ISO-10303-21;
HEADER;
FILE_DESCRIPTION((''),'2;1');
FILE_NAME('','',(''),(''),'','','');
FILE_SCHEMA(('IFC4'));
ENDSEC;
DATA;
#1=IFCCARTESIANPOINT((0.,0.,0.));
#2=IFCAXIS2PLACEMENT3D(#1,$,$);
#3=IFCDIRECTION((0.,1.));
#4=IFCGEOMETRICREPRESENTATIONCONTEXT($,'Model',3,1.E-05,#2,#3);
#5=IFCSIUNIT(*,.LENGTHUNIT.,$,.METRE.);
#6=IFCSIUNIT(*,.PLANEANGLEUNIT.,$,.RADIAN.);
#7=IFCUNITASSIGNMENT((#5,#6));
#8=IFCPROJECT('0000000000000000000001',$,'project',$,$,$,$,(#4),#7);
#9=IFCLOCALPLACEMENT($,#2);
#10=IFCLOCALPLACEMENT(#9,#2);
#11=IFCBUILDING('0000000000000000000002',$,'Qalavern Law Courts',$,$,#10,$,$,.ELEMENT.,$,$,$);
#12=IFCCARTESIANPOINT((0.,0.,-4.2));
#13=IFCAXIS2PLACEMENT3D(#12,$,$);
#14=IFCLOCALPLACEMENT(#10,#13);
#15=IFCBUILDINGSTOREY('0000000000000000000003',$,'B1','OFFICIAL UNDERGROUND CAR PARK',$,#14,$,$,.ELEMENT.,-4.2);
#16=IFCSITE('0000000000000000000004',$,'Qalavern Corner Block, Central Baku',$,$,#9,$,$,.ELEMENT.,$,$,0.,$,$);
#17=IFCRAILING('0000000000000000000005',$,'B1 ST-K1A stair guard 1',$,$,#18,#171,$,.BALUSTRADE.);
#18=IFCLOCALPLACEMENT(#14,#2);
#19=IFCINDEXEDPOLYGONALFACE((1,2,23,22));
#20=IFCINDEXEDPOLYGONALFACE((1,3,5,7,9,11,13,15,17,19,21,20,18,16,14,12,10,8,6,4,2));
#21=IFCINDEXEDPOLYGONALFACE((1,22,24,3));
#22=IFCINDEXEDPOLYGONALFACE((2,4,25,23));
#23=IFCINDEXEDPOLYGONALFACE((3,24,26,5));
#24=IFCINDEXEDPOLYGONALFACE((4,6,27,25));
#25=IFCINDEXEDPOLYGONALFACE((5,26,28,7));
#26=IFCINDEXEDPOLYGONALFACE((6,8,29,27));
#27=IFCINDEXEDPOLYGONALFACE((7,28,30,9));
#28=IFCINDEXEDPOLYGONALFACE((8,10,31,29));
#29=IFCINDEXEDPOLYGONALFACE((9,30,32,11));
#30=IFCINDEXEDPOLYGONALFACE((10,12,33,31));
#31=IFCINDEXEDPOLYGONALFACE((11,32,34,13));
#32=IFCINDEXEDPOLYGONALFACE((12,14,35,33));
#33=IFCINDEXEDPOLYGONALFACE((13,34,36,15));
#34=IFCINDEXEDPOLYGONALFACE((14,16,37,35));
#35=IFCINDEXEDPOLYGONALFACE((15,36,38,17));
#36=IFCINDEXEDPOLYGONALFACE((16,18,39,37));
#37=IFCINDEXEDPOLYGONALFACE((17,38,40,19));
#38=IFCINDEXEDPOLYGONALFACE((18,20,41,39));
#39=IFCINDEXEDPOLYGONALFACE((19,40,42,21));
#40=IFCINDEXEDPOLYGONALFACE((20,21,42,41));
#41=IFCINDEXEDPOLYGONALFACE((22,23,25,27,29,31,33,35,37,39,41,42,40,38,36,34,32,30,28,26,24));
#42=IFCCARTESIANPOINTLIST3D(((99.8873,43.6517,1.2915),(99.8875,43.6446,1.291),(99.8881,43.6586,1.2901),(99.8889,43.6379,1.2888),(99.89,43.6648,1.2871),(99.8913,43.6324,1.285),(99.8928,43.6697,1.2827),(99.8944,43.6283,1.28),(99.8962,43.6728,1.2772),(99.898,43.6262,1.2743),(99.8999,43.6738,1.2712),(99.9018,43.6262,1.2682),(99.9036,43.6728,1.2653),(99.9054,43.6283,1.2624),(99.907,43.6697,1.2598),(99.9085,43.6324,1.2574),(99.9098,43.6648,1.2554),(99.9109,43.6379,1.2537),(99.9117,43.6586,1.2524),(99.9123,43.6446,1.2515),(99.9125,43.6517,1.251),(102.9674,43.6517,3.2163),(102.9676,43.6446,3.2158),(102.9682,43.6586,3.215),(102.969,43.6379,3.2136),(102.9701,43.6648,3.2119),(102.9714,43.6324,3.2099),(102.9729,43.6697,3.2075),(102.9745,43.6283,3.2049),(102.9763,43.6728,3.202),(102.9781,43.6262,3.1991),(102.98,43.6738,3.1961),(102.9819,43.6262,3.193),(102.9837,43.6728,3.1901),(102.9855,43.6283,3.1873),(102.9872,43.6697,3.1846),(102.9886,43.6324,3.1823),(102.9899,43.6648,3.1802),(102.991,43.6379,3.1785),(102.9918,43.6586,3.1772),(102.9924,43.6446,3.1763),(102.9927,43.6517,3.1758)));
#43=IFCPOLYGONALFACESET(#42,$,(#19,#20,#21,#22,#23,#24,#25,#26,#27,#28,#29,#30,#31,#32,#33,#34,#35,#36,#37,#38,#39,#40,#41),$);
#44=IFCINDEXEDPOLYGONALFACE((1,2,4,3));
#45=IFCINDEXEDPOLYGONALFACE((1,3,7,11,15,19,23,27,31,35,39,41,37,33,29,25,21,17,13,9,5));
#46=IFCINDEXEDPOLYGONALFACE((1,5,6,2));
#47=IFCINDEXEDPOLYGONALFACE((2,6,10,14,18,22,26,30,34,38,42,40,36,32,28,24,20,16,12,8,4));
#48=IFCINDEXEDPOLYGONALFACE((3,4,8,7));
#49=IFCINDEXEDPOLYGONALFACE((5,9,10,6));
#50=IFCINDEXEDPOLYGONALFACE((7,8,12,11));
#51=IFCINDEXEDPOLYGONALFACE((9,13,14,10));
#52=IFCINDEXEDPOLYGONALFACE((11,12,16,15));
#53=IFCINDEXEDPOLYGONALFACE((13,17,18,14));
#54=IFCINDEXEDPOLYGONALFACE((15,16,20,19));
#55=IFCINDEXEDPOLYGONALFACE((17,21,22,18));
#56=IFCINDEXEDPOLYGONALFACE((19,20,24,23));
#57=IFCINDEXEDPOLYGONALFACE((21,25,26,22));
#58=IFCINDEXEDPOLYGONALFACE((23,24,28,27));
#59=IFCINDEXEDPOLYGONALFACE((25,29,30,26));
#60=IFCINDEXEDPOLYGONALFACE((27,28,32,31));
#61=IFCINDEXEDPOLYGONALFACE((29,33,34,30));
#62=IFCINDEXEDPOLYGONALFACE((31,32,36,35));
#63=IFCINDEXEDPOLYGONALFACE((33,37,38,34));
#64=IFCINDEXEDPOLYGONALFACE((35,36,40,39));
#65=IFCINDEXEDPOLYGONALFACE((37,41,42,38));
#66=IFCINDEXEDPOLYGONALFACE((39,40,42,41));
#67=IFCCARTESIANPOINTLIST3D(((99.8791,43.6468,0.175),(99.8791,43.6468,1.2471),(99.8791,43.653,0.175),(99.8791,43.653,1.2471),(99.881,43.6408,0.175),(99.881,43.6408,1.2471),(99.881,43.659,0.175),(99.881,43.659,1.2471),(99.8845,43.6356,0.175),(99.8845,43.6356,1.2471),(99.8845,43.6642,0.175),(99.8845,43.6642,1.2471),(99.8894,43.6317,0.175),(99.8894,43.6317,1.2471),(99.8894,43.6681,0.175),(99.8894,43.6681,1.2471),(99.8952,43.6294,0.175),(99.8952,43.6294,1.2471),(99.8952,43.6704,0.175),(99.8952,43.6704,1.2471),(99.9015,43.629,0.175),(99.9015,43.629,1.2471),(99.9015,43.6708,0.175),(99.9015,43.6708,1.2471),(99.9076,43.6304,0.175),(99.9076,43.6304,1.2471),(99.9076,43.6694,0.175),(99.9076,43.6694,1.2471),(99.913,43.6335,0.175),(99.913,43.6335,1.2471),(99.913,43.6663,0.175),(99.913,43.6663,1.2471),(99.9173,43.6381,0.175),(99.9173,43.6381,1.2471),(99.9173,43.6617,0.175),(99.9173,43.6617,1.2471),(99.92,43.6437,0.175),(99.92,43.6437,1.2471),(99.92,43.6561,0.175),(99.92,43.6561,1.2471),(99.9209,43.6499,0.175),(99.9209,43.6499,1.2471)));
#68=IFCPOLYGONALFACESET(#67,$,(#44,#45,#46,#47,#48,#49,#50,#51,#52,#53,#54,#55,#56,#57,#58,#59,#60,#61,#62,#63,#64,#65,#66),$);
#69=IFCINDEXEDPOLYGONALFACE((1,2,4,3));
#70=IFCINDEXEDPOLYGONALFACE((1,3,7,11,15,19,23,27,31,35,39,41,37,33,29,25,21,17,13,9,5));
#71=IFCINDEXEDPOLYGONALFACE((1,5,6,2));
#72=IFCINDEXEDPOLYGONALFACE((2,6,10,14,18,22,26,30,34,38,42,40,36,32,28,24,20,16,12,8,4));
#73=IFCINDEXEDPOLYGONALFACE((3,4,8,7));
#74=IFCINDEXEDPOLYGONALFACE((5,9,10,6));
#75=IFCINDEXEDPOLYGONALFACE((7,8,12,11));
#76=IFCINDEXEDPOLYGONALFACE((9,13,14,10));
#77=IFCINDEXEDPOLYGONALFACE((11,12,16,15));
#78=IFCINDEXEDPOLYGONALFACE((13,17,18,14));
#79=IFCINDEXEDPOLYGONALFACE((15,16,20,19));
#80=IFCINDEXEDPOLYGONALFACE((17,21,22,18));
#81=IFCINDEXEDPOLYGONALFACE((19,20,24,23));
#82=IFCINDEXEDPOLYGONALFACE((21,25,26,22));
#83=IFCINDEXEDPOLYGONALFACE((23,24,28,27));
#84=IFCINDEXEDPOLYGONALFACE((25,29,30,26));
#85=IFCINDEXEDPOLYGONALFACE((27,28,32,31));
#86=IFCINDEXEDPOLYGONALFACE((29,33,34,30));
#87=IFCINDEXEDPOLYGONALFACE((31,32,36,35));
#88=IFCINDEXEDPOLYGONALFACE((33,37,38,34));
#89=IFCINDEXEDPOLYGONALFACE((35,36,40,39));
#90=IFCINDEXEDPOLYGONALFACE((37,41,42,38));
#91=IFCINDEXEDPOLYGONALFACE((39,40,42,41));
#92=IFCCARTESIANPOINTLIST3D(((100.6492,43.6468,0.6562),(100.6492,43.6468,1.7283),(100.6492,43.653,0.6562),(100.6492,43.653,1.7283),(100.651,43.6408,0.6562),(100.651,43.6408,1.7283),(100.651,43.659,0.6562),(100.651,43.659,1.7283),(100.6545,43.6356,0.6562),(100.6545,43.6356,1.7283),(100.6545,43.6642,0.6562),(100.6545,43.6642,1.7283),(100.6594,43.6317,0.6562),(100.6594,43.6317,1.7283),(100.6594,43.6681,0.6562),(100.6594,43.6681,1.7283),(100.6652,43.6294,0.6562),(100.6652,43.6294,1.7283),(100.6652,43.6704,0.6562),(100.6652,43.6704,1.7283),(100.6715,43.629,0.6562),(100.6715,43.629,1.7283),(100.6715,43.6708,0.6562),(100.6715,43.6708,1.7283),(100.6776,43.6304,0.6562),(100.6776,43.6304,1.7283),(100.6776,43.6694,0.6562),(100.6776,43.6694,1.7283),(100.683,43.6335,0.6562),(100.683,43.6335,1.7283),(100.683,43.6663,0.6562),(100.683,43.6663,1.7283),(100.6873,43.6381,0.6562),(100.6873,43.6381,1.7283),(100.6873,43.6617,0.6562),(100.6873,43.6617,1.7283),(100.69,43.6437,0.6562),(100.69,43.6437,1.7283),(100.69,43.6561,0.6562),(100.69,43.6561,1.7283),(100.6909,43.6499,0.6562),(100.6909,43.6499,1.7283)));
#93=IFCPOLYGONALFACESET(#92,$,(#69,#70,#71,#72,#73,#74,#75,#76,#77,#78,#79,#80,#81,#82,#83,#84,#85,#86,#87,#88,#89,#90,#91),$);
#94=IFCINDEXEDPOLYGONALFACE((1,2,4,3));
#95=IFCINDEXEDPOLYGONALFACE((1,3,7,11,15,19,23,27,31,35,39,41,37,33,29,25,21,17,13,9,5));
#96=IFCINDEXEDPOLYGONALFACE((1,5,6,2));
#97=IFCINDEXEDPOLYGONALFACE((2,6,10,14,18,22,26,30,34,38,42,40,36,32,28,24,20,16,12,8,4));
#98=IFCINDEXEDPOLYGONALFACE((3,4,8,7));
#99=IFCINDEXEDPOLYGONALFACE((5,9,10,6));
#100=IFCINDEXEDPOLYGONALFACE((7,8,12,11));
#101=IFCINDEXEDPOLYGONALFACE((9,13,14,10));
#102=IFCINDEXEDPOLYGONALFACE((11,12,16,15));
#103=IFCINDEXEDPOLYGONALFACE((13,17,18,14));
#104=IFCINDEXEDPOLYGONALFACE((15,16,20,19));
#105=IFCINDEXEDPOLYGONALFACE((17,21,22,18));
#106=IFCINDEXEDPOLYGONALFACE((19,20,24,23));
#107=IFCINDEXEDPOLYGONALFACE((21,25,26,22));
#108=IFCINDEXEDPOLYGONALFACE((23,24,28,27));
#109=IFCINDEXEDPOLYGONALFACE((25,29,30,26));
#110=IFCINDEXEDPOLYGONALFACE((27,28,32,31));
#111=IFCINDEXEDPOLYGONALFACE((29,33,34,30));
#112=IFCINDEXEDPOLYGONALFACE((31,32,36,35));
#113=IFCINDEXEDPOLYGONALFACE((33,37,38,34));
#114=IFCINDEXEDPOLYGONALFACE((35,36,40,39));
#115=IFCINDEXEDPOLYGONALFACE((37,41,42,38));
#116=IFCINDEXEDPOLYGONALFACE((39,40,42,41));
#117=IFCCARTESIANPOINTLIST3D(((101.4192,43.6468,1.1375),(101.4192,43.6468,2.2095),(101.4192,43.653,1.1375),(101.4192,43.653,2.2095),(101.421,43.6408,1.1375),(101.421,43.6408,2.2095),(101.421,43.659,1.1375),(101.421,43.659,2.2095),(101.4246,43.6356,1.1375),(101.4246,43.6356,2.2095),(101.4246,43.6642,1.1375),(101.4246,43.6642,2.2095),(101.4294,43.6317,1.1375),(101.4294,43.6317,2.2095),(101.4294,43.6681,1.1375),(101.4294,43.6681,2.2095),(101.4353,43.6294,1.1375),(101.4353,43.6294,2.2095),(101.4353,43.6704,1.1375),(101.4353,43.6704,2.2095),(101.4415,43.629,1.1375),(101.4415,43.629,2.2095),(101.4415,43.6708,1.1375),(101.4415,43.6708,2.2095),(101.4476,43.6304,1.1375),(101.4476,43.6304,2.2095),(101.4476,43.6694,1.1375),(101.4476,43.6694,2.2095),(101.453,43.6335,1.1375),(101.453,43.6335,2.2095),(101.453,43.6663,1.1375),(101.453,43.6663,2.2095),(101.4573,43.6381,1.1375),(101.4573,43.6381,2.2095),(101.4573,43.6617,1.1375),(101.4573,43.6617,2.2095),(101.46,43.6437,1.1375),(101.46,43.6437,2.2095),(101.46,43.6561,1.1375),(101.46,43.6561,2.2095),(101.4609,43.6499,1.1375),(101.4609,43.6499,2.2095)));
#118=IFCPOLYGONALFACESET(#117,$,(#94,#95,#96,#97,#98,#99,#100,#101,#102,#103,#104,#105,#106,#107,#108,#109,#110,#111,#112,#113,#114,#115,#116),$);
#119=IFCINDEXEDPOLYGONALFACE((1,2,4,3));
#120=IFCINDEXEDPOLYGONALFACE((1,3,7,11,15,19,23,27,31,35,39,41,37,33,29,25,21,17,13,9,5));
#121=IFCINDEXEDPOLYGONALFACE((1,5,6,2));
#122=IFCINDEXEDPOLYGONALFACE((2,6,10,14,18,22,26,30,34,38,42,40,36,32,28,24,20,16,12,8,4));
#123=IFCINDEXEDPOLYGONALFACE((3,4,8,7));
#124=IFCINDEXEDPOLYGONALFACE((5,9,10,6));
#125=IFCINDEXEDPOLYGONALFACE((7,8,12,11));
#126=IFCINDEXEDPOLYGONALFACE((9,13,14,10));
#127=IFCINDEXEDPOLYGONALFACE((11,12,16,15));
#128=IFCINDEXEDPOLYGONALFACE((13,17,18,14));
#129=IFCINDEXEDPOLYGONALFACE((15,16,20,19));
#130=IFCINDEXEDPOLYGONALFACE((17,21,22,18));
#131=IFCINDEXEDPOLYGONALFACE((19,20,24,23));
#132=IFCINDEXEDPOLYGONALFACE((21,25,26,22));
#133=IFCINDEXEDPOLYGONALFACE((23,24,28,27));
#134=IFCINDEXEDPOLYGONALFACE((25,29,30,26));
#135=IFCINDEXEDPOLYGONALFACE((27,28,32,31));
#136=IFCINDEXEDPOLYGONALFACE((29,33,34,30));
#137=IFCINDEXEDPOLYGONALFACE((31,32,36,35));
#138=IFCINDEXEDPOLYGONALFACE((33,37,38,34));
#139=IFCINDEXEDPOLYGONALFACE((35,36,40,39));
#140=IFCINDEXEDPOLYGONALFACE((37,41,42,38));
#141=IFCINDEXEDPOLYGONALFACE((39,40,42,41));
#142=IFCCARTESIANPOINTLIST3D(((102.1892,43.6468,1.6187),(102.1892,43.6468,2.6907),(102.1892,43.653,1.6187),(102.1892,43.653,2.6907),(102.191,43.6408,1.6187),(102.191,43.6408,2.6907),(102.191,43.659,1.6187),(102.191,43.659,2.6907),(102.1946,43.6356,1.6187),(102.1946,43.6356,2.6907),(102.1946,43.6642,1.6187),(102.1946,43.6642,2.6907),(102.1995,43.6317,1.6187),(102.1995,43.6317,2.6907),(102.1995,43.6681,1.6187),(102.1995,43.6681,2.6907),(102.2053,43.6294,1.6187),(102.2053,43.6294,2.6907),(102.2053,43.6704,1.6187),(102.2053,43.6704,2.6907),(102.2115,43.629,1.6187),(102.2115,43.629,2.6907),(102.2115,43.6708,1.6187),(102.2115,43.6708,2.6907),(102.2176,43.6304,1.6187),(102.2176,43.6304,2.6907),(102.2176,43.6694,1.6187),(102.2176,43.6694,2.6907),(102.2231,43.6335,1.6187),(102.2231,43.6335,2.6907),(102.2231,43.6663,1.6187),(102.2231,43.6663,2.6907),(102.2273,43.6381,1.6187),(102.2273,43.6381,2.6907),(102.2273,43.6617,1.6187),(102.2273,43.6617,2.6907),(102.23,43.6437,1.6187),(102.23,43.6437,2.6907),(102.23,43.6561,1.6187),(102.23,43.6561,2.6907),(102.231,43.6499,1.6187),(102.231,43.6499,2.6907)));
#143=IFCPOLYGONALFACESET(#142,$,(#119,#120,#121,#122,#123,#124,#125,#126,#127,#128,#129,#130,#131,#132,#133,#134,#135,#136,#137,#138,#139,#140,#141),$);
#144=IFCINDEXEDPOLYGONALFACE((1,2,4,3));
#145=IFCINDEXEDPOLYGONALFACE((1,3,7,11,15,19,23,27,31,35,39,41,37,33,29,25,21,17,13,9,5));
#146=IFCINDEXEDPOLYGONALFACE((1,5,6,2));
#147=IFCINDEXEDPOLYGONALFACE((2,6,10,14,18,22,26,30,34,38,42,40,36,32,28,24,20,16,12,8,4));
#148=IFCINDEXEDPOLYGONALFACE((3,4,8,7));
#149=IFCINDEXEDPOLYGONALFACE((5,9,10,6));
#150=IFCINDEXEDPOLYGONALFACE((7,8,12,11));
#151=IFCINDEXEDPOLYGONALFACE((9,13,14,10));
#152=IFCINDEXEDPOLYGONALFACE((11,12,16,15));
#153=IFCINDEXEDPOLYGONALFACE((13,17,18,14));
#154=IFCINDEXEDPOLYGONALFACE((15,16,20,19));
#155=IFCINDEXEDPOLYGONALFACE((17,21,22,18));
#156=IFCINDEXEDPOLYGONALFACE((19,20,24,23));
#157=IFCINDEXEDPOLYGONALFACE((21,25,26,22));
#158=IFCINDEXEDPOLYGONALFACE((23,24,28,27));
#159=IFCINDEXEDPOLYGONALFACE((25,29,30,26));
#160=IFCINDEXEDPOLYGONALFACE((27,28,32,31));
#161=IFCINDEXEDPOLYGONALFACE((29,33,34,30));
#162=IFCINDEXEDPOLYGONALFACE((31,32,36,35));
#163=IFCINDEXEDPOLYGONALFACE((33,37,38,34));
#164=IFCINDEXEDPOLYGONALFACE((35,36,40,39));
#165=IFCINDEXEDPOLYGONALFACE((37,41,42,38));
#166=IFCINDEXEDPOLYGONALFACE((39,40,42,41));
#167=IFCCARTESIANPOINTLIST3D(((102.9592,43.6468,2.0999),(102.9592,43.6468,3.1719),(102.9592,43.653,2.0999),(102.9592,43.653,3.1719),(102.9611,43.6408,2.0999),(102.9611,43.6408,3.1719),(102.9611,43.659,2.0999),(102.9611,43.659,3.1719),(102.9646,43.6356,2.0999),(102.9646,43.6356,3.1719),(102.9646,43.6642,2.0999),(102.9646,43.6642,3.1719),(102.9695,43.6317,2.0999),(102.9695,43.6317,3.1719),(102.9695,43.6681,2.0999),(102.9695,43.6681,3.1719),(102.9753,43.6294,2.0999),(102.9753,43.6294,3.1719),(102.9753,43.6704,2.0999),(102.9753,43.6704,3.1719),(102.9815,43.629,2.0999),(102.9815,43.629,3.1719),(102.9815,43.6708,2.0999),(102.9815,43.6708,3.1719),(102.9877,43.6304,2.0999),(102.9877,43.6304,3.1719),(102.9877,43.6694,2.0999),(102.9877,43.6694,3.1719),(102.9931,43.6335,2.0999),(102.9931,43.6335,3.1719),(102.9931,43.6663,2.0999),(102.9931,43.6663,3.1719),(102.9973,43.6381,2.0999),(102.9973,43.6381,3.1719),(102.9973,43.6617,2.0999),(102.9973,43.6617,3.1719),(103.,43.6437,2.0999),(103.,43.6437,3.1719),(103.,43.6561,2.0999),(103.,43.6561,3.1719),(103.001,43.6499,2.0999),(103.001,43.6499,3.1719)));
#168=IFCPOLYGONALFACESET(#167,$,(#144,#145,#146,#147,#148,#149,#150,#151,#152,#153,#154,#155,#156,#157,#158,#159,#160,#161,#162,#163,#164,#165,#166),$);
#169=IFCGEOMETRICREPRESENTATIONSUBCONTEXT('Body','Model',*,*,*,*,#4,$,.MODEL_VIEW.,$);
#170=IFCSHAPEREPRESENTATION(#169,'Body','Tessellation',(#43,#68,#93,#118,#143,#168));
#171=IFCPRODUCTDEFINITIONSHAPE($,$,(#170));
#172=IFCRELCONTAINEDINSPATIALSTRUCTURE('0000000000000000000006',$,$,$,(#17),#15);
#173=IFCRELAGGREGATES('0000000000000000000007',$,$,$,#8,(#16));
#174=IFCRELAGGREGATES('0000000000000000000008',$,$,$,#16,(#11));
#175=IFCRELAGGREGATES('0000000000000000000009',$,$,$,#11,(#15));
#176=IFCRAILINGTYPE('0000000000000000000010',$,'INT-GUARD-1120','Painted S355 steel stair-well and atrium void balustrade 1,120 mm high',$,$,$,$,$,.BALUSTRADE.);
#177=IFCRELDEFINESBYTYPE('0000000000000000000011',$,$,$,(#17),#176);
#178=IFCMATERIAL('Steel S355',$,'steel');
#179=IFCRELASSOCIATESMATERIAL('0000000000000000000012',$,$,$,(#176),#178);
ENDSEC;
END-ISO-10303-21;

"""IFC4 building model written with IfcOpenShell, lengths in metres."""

from ifc_helpers import new_model, si_unit, direction, frame, origin, origin_2d, place, context, subcontext, project, spatial, circle, extrude, material, type_object, element, save


model = new_model("IFC4")

# Units and contexts
model_context = context("Model", 3, precision=1e-05, world=origin(), true_north=direction((0.0, 1.0)))
body_context = subcontext(model_context, "Body", "Model", "MODEL_VIEW")
ifc_project = project(units=[si_unit("LENGTHUNIT", "METRE"), si_unit("PLANEANGLEUNIT", "RADIAN")], contexts=[model_context])

# Site, building, storey
site_placement = place(None, origin())
site = spatial("IfcSite", under=ifc_project, at=site_placement, Name="Qalavern Corner Block, Central Baku", CompositionType="ELEMENT", RefElevation=0.0)
building_placement = place(site_placement, origin())
building = spatial("IfcBuilding", under=site, at=building_placement, Name="Qalavern Law Courts", CompositionType="ELEMENT")
storey_placement = place(building_placement, frame((0.0, 0.0, -4.2)))
storey = spatial("IfcBuildingStorey", under=building, at=storey_placement, Name="B1", Description="OFFICIAL UNDERGROUND CAR PARK", CompositionType="ELEMENT", Elevation=-4.2)

# Shared definitions
ifc_material_1 = material(Name="Steel S355", Category="steel")

# Railing
railing_type_1 = type_object("IfcRailingType", Name="INT-GUARD-1120", Description="Painted S355 steel stair-well and atrium void balustrade 1,120 mm high", PredefinedType="BALUSTRADE", material=ifc_material_1)
railing_1_placement = place(storey_placement, frame((99.8999, 43.6499, 0.175)))
element("IfcRailing", 1, at=railing_1_placement, inside=storey, type_object=railing_type_1, Name="B1 ST-K1A stair guard 1", PredefinedType="BALUSTRADE", context=body_context, shape_type="SweptSolid", body=[
    extrude(circle(Radius=0.0239, at=origin_2d()), frame((0.0, 0.0, 1.0962), z_axis=(0.848029, 0.0, 0.529951), x_axis=(0.0, 1.0, 0.0)), (0.0, 0.0, 1.0), 3.6321),
    extrude(circle(Radius=0.021, at=origin_2d()), origin(), (0.0, 0.0, 1.0), 1.072),
    extrude(circle(Radius=0.021, at=origin_2d()), frame((0.77, 0.0, 0.4812)), (0.0, 0.0, 1.0), 1.072),
    extrude(circle(Radius=0.021, at=origin_2d()), frame((1.54, 0.0, 0.9624)), (0.0, 0.0, 1.0), 1.072),
    extrude(circle(Radius=0.021, at=origin_2d()), frame((2.3101, 0.0, 1.4436)), (0.0, 0.0, 1.0), 1.072),
    extrude(circle(Radius=0.021, at=origin_2d()), frame((3.0801, 0.0, 1.9248)), (0.0, 0.0, 1.0), 1.072),
])

save(model, "model.ifc")
